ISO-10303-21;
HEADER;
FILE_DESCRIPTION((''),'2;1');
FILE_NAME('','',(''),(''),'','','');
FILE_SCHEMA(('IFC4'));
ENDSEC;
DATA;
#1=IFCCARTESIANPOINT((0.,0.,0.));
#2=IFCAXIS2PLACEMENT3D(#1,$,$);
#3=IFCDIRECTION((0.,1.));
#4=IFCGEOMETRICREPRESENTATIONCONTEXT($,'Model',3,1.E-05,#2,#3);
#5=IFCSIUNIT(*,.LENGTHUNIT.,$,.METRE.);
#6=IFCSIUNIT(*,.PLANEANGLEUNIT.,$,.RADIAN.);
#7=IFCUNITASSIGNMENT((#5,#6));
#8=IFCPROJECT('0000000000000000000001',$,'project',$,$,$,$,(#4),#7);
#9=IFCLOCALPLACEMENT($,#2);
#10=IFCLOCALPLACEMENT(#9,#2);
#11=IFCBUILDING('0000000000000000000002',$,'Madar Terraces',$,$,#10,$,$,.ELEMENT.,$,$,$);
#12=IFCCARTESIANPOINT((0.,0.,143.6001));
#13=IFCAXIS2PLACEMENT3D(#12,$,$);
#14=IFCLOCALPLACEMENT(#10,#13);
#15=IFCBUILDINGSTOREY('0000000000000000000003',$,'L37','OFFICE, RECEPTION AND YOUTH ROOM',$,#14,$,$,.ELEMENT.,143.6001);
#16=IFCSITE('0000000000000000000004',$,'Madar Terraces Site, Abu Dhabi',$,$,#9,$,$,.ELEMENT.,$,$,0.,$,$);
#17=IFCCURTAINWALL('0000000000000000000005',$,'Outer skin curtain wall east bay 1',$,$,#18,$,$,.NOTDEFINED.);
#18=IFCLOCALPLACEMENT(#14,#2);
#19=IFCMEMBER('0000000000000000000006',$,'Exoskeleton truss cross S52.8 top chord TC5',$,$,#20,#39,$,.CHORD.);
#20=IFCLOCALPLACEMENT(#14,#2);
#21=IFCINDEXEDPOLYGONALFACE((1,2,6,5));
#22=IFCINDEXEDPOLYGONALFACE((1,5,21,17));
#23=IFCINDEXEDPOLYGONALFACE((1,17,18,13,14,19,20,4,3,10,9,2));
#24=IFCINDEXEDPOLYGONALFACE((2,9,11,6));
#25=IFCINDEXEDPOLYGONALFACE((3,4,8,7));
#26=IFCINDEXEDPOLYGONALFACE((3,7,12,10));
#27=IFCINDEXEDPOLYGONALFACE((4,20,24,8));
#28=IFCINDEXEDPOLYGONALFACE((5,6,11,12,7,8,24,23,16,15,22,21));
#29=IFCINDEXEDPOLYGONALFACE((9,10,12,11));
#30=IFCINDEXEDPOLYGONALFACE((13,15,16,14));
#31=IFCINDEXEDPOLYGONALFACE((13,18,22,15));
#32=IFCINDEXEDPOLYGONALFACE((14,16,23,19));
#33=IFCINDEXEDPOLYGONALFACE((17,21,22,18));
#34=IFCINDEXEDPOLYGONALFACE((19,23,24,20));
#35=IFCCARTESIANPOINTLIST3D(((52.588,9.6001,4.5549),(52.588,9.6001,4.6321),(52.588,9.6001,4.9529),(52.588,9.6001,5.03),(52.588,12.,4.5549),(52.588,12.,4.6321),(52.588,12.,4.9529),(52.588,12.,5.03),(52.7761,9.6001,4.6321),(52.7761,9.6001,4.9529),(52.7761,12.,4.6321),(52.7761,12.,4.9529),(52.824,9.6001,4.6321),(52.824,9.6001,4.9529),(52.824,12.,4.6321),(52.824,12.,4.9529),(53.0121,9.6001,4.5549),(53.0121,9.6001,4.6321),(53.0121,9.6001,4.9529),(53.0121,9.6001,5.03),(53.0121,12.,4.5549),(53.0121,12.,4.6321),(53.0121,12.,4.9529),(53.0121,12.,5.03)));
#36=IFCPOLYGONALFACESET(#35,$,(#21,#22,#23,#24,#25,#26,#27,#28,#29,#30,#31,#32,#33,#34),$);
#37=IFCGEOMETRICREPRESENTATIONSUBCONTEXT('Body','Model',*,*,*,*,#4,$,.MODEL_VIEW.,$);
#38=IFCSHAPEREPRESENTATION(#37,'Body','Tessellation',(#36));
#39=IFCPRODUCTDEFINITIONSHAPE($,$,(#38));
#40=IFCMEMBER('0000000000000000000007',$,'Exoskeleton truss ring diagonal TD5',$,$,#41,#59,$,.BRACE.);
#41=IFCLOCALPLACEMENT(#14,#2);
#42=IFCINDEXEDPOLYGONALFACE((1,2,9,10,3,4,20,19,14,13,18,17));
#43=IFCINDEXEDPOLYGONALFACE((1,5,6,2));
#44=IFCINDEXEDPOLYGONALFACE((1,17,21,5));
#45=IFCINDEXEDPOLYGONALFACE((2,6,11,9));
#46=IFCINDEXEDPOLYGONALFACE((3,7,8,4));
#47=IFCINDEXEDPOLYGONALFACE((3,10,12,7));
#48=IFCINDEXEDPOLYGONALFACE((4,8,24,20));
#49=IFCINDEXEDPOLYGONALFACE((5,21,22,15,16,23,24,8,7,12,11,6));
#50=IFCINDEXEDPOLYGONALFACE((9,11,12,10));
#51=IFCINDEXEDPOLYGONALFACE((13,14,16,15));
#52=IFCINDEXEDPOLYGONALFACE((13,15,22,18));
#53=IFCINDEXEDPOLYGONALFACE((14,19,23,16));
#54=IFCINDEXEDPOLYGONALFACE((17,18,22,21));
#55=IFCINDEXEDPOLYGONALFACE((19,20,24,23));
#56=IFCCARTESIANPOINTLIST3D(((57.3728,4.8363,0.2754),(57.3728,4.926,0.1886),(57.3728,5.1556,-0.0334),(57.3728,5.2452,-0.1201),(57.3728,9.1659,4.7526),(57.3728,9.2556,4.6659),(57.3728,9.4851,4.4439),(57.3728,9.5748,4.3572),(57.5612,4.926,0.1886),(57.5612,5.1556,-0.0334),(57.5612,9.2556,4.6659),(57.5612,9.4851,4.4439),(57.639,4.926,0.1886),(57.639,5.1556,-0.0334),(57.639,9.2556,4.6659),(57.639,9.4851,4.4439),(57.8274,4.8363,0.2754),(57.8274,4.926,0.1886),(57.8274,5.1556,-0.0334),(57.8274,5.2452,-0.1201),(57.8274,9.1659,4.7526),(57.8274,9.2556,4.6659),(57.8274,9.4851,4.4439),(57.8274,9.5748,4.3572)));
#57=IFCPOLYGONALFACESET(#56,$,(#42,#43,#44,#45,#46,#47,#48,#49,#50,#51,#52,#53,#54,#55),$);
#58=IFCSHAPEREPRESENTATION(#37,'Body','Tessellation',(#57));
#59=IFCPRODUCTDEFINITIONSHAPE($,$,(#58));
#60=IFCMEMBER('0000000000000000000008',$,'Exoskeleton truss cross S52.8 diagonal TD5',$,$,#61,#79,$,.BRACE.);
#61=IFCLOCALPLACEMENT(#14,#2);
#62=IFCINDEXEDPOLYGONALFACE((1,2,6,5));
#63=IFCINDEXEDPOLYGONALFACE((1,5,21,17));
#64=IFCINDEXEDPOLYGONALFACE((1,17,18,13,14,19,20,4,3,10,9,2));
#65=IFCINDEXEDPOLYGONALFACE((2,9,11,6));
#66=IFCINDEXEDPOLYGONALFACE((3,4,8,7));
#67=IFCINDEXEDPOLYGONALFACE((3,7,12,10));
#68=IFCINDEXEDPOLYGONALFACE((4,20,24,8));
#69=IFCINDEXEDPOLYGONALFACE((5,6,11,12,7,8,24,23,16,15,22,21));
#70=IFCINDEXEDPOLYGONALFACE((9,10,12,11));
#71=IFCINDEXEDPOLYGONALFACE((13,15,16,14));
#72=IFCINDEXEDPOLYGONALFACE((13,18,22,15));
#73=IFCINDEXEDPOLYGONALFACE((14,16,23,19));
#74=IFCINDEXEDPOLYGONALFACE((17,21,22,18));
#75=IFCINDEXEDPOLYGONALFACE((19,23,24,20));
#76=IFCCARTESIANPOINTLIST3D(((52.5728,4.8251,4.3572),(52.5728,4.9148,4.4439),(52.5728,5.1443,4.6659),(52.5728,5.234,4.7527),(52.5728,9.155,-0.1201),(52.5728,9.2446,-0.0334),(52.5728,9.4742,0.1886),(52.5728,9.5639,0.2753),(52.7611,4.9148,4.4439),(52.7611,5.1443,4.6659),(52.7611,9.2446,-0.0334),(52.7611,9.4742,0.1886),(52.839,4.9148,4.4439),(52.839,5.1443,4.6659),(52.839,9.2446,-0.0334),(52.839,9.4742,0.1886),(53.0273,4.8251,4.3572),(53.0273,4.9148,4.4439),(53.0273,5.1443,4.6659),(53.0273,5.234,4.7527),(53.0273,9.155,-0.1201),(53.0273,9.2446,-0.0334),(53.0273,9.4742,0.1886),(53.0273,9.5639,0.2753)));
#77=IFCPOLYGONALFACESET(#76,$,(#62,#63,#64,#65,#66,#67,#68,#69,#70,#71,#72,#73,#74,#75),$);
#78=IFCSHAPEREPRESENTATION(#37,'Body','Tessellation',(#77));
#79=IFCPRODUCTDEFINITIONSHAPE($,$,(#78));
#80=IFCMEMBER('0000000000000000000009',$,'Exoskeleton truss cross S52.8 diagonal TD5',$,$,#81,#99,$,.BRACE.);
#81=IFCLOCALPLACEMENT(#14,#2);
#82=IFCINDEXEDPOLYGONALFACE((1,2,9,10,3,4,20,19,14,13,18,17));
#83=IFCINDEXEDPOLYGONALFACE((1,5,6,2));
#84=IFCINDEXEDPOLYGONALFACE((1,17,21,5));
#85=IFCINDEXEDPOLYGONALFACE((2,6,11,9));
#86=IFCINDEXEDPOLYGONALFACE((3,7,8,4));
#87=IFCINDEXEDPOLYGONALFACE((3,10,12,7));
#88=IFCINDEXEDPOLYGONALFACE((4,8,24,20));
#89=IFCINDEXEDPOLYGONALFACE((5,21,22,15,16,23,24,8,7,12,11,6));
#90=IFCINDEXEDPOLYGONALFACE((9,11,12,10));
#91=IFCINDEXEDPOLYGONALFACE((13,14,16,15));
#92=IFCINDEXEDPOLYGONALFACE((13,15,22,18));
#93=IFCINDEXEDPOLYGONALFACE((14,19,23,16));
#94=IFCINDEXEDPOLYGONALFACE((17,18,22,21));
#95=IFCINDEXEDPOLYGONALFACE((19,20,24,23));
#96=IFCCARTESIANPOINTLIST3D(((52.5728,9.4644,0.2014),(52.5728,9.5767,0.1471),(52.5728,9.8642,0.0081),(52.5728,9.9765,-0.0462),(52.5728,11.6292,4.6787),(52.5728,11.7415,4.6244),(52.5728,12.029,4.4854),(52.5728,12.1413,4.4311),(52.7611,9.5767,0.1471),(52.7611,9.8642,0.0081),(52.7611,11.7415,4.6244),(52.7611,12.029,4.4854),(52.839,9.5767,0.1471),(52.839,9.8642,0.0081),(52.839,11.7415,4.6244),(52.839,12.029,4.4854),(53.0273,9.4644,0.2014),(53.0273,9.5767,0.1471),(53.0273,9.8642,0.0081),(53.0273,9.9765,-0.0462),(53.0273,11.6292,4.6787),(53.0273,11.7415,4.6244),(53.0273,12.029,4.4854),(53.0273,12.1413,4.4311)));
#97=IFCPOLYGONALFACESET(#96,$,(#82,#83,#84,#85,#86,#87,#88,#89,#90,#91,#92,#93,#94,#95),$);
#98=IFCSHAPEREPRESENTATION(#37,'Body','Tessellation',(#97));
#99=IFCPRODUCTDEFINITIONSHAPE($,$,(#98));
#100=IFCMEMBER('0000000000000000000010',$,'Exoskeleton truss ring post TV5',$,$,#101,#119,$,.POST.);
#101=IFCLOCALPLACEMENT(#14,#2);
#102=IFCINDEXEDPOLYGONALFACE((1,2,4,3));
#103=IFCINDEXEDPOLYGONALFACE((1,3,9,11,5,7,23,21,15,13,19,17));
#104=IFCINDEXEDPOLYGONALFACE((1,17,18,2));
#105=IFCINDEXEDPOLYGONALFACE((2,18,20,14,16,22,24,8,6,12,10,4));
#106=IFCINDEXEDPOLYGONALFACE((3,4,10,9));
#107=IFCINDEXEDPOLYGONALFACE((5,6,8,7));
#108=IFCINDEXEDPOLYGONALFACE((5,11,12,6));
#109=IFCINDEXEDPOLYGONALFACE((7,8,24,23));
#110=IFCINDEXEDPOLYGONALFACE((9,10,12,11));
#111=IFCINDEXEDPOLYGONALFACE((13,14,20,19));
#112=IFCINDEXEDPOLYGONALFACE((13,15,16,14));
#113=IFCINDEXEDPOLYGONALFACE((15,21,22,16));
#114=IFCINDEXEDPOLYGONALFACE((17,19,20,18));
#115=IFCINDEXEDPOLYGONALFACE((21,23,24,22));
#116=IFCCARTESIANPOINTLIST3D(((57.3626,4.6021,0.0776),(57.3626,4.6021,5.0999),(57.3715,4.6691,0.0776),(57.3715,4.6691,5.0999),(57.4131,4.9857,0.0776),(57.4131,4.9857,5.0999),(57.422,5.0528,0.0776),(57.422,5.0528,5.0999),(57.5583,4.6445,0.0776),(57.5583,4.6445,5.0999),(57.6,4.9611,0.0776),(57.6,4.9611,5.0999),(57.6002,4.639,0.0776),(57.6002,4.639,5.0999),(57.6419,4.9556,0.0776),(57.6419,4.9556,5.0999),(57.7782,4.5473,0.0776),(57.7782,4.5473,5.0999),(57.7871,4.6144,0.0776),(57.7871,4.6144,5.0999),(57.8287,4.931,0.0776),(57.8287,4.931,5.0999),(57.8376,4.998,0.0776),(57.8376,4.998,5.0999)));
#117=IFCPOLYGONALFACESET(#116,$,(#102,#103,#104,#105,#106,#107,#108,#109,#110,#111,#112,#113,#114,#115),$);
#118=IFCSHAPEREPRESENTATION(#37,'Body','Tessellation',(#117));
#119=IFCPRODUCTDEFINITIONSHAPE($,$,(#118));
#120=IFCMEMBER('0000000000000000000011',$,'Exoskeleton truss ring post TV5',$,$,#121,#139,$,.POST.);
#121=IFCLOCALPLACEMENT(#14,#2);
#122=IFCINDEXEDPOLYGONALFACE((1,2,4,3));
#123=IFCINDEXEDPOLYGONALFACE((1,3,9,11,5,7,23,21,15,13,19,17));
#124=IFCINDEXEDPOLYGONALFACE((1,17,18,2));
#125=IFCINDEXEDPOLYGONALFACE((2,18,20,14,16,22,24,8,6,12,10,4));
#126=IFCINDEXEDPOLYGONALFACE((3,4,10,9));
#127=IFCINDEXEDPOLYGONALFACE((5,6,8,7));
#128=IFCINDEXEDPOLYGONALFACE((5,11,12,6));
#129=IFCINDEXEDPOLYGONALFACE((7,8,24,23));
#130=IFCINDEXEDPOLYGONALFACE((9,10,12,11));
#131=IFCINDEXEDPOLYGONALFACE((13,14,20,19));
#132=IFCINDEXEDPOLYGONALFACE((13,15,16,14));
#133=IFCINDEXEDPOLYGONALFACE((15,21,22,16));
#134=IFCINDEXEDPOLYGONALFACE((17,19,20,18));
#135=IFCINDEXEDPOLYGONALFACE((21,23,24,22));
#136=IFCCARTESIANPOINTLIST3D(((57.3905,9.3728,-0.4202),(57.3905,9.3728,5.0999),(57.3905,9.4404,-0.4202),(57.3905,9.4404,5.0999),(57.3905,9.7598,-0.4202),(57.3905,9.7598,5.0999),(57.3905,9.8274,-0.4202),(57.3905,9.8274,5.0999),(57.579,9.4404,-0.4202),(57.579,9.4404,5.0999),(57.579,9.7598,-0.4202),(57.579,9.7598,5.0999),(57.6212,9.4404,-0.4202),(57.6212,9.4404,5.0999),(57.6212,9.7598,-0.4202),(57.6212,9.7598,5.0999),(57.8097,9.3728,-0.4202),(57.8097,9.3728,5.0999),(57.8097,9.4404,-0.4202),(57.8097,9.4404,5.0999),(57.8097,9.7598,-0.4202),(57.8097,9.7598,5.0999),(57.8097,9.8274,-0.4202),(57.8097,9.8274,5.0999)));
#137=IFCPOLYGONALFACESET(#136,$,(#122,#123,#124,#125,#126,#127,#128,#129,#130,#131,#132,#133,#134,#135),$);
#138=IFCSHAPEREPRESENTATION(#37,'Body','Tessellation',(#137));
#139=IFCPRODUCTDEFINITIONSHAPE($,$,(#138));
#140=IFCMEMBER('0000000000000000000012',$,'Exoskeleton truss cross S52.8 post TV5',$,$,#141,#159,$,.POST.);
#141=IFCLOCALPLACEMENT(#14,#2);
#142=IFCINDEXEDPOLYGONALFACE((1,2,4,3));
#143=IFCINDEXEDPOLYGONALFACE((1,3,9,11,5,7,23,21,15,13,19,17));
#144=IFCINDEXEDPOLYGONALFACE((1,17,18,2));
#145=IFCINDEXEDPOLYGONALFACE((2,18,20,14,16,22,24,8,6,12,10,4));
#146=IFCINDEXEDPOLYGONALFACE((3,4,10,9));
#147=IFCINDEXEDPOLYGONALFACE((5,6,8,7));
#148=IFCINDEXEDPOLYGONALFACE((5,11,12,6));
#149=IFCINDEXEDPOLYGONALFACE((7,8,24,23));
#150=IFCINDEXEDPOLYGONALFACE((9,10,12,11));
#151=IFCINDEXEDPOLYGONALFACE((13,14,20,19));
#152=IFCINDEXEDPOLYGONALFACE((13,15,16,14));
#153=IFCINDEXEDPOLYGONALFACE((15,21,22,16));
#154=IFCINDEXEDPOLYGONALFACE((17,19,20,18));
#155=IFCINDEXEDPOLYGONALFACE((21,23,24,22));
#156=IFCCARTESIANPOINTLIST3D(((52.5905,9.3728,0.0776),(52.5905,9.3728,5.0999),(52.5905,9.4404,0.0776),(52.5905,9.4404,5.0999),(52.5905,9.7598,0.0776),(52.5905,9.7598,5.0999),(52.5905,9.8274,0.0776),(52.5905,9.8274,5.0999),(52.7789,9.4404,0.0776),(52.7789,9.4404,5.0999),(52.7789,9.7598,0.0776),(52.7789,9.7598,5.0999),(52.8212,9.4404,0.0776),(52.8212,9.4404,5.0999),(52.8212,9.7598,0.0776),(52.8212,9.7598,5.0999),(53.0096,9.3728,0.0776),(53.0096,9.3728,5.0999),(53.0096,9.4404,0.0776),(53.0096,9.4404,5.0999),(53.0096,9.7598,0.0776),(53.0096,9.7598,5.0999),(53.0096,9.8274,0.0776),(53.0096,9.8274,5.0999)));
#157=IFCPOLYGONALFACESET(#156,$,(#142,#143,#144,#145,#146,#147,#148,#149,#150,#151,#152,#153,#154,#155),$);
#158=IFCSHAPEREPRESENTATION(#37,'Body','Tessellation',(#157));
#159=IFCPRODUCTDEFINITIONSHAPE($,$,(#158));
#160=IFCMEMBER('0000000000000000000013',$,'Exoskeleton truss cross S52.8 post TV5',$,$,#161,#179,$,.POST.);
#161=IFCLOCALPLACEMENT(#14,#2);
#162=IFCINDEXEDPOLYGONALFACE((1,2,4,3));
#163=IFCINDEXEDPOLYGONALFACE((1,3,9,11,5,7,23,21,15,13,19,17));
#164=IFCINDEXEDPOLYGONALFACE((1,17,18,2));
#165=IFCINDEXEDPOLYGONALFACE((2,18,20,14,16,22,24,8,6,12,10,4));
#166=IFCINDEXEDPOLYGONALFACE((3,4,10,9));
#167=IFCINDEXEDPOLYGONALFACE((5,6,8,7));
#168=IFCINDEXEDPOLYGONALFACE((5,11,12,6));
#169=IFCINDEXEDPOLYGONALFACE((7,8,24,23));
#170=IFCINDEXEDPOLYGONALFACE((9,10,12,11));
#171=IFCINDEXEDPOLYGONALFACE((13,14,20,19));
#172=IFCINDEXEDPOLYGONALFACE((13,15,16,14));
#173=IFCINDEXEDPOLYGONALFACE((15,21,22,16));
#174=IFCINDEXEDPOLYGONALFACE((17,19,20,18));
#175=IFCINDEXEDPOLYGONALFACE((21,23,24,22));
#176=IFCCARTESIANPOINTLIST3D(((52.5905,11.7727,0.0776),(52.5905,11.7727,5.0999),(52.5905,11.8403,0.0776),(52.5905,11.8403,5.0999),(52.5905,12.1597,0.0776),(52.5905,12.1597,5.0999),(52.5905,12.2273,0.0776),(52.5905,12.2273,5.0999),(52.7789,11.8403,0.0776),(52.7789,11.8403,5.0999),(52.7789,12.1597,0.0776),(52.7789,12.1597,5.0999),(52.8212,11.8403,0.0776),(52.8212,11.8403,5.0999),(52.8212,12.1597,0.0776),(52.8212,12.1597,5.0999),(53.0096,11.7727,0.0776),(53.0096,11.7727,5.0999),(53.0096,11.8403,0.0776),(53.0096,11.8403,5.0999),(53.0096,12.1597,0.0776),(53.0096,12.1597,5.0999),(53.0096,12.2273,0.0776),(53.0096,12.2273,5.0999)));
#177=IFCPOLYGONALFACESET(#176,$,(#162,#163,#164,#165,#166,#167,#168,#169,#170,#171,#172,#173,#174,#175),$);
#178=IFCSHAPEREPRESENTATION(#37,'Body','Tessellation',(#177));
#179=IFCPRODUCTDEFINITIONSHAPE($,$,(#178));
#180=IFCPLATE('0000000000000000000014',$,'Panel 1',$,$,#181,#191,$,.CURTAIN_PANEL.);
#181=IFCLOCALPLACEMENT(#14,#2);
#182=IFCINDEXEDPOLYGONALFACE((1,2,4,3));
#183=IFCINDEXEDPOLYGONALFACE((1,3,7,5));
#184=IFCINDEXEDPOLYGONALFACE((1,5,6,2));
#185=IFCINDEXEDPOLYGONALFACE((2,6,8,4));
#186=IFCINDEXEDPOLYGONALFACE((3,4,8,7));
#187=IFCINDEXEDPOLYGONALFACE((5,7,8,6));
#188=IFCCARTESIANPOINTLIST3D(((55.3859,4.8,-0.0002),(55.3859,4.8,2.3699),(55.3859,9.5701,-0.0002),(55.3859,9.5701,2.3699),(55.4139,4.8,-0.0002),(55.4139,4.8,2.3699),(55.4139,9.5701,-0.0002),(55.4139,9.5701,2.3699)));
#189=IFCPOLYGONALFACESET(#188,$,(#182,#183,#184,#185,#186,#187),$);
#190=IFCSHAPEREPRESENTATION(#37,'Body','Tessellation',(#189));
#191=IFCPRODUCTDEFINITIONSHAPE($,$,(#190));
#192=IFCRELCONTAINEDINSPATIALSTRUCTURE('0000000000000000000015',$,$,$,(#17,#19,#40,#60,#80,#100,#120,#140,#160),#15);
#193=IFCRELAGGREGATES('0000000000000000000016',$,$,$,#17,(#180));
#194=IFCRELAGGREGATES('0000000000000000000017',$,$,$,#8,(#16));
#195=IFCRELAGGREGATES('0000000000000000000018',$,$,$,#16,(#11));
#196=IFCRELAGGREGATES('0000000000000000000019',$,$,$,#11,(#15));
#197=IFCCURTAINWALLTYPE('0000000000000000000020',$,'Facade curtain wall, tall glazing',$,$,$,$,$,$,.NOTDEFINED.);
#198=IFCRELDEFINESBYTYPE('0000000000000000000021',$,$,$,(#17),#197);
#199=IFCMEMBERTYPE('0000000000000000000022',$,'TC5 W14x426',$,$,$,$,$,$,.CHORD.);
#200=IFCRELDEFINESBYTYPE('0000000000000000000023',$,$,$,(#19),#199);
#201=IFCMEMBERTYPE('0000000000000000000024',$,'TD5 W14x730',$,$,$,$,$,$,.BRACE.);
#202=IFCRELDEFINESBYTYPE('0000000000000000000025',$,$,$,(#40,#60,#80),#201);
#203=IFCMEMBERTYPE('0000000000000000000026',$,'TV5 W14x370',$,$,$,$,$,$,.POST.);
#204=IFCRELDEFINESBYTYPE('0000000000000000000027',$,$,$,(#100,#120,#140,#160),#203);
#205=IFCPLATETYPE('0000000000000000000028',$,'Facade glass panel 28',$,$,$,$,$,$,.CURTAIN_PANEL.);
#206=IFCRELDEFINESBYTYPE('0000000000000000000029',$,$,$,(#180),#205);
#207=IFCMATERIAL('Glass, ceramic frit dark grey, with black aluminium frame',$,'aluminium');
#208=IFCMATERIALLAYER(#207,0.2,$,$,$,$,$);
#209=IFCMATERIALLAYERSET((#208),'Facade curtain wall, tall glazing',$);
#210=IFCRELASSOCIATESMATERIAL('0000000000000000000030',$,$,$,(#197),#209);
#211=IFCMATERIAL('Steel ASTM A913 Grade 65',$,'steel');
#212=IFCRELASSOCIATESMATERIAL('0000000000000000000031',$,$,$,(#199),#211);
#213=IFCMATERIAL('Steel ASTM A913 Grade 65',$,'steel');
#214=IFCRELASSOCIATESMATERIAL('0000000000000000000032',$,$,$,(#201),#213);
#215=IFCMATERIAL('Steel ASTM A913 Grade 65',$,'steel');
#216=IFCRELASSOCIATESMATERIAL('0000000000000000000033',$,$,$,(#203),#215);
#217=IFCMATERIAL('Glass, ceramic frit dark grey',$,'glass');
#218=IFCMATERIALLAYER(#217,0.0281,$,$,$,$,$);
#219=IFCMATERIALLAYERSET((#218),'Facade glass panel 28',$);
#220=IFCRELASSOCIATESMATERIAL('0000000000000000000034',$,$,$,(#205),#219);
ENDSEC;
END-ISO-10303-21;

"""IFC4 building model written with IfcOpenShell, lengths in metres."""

from ifc_helpers import new_model, si_unit, direction, frame, origin, origin_2d, place, context, subcontext, project, spatial, rectangle, i_section, extrude, material, layer, layer_set, material_profile, profile_set, type_object, element, aggregate, save


model = new_model("IFC4")

# Units and contexts
model_context = context("Model", 3, precision=1e-05, world=origin(), true_north=direction((0.0, 1.0)))
body_context = subcontext(model_context, "Body", "Model", "MODEL_VIEW")
ifc_project = project(units=[si_unit("LENGTHUNIT", "METRE"), si_unit("PLANEANGLEUNIT", "RADIAN")], contexts=[model_context])

# Site, building, storey
site_placement = place(None, origin())
site = spatial("IfcSite", under=ifc_project, at=site_placement, Name="Madar Terraces Site, Abu Dhabi", CompositionType="ELEMENT", RefElevation=0.0)
building_placement = place(site_placement, origin())
building = spatial("IfcBuilding", under=site, at=building_placement, Name="Madar Terraces", CompositionType="ELEMENT")
storey_placement = place(building_placement, frame((0.0, 0.0, 143.6001)))
storey = spatial("IfcBuildingStorey", under=building, at=storey_placement, Name="L37", Description="OFFICE, RECEPTION AND YOUTH ROOM", CompositionType="ELEMENT", Elevation=143.6001)

# Curtain wall
ifc_material_1 = material(Name="Glass, ceramic frit dark grey, with black aluminium frame", Category="aluminium")
ifc_layer_1 = layer(ifc_material_1, 0.2)
ifc_layer_set_1 = layer_set([ifc_layer_1], Name="Facade curtain wall, tall glazing")
curtain_wall_type = type_object("IfcCurtainWallType", Name="Facade curtain wall, tall glazing", PredefinedType="NOTDEFINED", material=ifc_layer_set_1)
curtain_wall_placement = place(storey_placement, origin())
curtain_wall = element("IfcCurtainWall", 1, at=curtain_wall_placement, inside=storey, type_object=curtain_wall_type, Name="Outer skin curtain wall east bay 1", PredefinedType="NOTDEFINED")

# Members
ifc_material_2 = material(Name="Steel ASTM A913 Grade 65", Category="steel")
ifc_material_profile_1 = material_profile(ifc_material_2, i_section(OverallWidth=0.4241, OverallDepth=0.4751, WebThickness=0.0479, FlangeThickness=0.0771, at=origin_2d()), Name="W14x426")
ifc_profile_set_1 = profile_set([ifc_material_profile_1], Name="Steel ASTM A913 Grade 65")
member_type_1 = type_object("IfcMemberType", Name="TC5 W14x426", PredefinedType="CHORD", material=ifc_profile_set_1)
member_1_placement = place(storey_placement, frame((52.8, 9.6001, 4.7925), z_axis=(0.0, 1.0, 0.0), x_axis=(-1.0, 0.0, 0.0)))
element("IfcMember", 2, at=member_1_placement, inside=storey, type_object=member_type_1, Name="Exoskeleton truss cross S52.8 top chord TC5", PredefinedType="CHORD", context=body_context, shape_type="SweptSolid", body=[
    extrude(i_section(OverallWidth=0.4241, OverallDepth=0.4751, WebThickness=0.0479, FlangeThickness=0.0771, at=origin_2d()), origin(), (0.0, 0.0, 1.0), 2.3999),
])
ifc_material_3 = material(Name="Steel ASTM A913 Grade 65", Category="steel")
ifc_material_profile_2 = material_profile(ifc_material_3, i_section(OverallWidth=0.4546, OverallDepth=0.5688, WebThickness=0.0779, FlangeThickness=0.1248, at=origin_2d()), Name="W14x730")
ifc_profile_set_2 = profile_set([ifc_material_profile_2], Name="Steel ASTM A913 Grade 65")
member_type_2 = type_object("IfcMemberType", Name="TD5 W14x730", PredefinedType="BRACE", material=ifc_profile_set_2)
member_2_placement = place(storey_placement, frame((57.6001, 5.0408, 0.0776), z_axis=(0.0, 0.69515, 0.718865), x_axis=(-1.0, 0.0, 0.0)))
element("IfcMember", 3, at=member_2_placement, inside=storey, type_object=member_type_2, Name="Exoskeleton truss ring diagonal TD5", PredefinedType="BRACE", context=body_context, shape_type="SweptSolid", body=[
    extrude(i_section(OverallWidth=0.4546, OverallDepth=0.5688, WebThickness=0.0779, FlangeThickness=0.1248, at=origin_2d()), origin(), (0.0, 0.0, 1.0), 6.2283),
])
member_3_placement = place(storey_placement, frame((52.8, 5.0295, 4.5549), z_axis=(0.0, 0.69517, -0.718845), x_axis=(-1.0, 0.0, 0.0)))
element("IfcMember", 4, at=member_3_placement, inside=storey, type_object=member_type_2, Name="Exoskeleton truss cross S52.8 diagonal TD5", PredefinedType="BRACE", context=body_context, shape_type="SweptSolid", body=[
    extrude(i_section(OverallWidth=0.4546, OverallDepth=0.5688, WebThickness=0.0779, FlangeThickness=0.1248, at=origin_2d()), origin(), (0.0, 0.0, 1.0), 6.2285),
])
member_4_placement = place(storey_placement, frame((52.8, 9.7205, 0.0776), z_axis=(0.0, 0.435294, 0.900288), x_axis=(-1.0, 0.0, 0.0)))
element("IfcMember", 5, at=member_4_placement, inside=storey, type_object=member_type_2, Name="Exoskeleton truss cross S52.8 diagonal TD5", PredefinedType="BRACE", context=body_context, shape_type="SweptSolid", body=[
    extrude(i_section(OverallWidth=0.4546, OverallDepth=0.5688, WebThickness=0.0779, FlangeThickness=0.1248, at=origin_2d()), origin(), (0.0, 0.0, 1.0), 4.9731),
])
ifc_material_4 = material(Name="Steel ASTM A913 Grade 65", Category="steel")
ifc_material_profile_3 = material_profile(ifc_material_4, i_section(OverallWidth=0.4192, OverallDepth=0.4546, WebThickness=0.0422, FlangeThickness=0.0676, at=origin_2d()), Name="W14x370")
ifc_profile_set_3 = profile_set([ifc_material_profile_3], Name="Steel ASTM A913 Grade 65")
member_type_3 = type_object("IfcMemberType", Name="TV5 W14x370", PredefinedType="POST", material=ifc_profile_set_3)
member_5_placement = place(storey_placement, frame((57.6001, 4.8, 0.0776), z_axis=(0.0, 0.0, 1.0), x_axis=(-0.991445, 0.130526, 0.0)))
element("IfcMember", 6, at=member_5_placement, inside=storey, type_object=member_type_3, Name="Exoskeleton truss ring post TV5", PredefinedType="POST", context=body_context, shape_type="SweptSolid", body=[
    extrude(i_section(OverallWidth=0.4192, OverallDepth=0.4546, WebThickness=0.0422, FlangeThickness=0.0676, at=origin_2d()), origin(), (0.0, 0.0, 1.0), 5.0222),
])
member_6_placement = place(storey_placement, frame((57.6001, 9.6001, -0.4202), z_axis=(0.0, 0.0, 1.0), x_axis=(-1.0, 0.0, 0.0)))
element("IfcMember", 7, at=member_6_placement, inside=storey, type_object=member_type_3, Name="Exoskeleton truss ring post TV5", PredefinedType="POST", context=body_context, shape_type="SweptSolid", body=[
    extrude(i_section(OverallWidth=0.4192, OverallDepth=0.4546, WebThickness=0.0422, FlangeThickness=0.0676, at=origin_2d()), origin(), (0.0, 0.0, 1.0), 5.52),
])
for number, where, z_axis, x_axis, name in (
    (8, (52.8, 9.6001, 0.0776), (0.0, 0.0, 1.0), (-1.0, 0.0, 0.0), "Exoskeleton truss cross S52.8 post TV5"),
    (9, (52.8, 12.0, 0.0776), (0.0, 0.0, 1.0), (-1.0, 0.0, 0.0), "Exoskeleton truss cross S52.8 post TV5"),
):
    element("IfcMember", number, at=place(storey_placement, frame(where, z_axis=z_axis, x_axis=x_axis)), inside=storey, type_object=member_type_3, Name=name, PredefinedType="POST", context=body_context, shape_type="SweptSolid", body=[
        extrude(i_section(OverallWidth=0.4192, OverallDepth=0.4546, WebThickness=0.0422, FlangeThickness=0.0676, at=origin_2d()), origin(), (0.0, 0.0, 1.0), 5.0222),
    ])

# Plate
ifc_material_5 = material(Name="Glass, ceramic frit dark grey", Category="glass")
ifc_layer_2 = layer(ifc_material_5, 0.0281)
ifc_layer_set_2 = layer_set([ifc_layer_2], Name="Facade glass panel 28")
plate_type = type_object("IfcPlateType", Name="Facade glass panel 28", PredefinedType="CURTAIN_PANEL", material=ifc_layer_set_2)
plate_1_placement = place(storey_placement, frame((55.3999, 7.1851, -0.0002), z_axis=(0.0, 0.0, 1.0), x_axis=(0.0, 1.0, 0.0)))
plate_1 = element("IfcPlate", 10, at=plate_1_placement, type_object=plate_type, Name="Panel 1", PredefinedType="CURTAIN_PANEL", context=body_context, shape_type="SweptSolid", body=[
    extrude(rectangle(XDim=4.77, YDim=0.0281, at=origin_2d()), origin(), (0.0, 0.0, 1.0), 2.3701),
])
aggregate(curtain_wall, [plate_1])

save(model, "model.ifc")
